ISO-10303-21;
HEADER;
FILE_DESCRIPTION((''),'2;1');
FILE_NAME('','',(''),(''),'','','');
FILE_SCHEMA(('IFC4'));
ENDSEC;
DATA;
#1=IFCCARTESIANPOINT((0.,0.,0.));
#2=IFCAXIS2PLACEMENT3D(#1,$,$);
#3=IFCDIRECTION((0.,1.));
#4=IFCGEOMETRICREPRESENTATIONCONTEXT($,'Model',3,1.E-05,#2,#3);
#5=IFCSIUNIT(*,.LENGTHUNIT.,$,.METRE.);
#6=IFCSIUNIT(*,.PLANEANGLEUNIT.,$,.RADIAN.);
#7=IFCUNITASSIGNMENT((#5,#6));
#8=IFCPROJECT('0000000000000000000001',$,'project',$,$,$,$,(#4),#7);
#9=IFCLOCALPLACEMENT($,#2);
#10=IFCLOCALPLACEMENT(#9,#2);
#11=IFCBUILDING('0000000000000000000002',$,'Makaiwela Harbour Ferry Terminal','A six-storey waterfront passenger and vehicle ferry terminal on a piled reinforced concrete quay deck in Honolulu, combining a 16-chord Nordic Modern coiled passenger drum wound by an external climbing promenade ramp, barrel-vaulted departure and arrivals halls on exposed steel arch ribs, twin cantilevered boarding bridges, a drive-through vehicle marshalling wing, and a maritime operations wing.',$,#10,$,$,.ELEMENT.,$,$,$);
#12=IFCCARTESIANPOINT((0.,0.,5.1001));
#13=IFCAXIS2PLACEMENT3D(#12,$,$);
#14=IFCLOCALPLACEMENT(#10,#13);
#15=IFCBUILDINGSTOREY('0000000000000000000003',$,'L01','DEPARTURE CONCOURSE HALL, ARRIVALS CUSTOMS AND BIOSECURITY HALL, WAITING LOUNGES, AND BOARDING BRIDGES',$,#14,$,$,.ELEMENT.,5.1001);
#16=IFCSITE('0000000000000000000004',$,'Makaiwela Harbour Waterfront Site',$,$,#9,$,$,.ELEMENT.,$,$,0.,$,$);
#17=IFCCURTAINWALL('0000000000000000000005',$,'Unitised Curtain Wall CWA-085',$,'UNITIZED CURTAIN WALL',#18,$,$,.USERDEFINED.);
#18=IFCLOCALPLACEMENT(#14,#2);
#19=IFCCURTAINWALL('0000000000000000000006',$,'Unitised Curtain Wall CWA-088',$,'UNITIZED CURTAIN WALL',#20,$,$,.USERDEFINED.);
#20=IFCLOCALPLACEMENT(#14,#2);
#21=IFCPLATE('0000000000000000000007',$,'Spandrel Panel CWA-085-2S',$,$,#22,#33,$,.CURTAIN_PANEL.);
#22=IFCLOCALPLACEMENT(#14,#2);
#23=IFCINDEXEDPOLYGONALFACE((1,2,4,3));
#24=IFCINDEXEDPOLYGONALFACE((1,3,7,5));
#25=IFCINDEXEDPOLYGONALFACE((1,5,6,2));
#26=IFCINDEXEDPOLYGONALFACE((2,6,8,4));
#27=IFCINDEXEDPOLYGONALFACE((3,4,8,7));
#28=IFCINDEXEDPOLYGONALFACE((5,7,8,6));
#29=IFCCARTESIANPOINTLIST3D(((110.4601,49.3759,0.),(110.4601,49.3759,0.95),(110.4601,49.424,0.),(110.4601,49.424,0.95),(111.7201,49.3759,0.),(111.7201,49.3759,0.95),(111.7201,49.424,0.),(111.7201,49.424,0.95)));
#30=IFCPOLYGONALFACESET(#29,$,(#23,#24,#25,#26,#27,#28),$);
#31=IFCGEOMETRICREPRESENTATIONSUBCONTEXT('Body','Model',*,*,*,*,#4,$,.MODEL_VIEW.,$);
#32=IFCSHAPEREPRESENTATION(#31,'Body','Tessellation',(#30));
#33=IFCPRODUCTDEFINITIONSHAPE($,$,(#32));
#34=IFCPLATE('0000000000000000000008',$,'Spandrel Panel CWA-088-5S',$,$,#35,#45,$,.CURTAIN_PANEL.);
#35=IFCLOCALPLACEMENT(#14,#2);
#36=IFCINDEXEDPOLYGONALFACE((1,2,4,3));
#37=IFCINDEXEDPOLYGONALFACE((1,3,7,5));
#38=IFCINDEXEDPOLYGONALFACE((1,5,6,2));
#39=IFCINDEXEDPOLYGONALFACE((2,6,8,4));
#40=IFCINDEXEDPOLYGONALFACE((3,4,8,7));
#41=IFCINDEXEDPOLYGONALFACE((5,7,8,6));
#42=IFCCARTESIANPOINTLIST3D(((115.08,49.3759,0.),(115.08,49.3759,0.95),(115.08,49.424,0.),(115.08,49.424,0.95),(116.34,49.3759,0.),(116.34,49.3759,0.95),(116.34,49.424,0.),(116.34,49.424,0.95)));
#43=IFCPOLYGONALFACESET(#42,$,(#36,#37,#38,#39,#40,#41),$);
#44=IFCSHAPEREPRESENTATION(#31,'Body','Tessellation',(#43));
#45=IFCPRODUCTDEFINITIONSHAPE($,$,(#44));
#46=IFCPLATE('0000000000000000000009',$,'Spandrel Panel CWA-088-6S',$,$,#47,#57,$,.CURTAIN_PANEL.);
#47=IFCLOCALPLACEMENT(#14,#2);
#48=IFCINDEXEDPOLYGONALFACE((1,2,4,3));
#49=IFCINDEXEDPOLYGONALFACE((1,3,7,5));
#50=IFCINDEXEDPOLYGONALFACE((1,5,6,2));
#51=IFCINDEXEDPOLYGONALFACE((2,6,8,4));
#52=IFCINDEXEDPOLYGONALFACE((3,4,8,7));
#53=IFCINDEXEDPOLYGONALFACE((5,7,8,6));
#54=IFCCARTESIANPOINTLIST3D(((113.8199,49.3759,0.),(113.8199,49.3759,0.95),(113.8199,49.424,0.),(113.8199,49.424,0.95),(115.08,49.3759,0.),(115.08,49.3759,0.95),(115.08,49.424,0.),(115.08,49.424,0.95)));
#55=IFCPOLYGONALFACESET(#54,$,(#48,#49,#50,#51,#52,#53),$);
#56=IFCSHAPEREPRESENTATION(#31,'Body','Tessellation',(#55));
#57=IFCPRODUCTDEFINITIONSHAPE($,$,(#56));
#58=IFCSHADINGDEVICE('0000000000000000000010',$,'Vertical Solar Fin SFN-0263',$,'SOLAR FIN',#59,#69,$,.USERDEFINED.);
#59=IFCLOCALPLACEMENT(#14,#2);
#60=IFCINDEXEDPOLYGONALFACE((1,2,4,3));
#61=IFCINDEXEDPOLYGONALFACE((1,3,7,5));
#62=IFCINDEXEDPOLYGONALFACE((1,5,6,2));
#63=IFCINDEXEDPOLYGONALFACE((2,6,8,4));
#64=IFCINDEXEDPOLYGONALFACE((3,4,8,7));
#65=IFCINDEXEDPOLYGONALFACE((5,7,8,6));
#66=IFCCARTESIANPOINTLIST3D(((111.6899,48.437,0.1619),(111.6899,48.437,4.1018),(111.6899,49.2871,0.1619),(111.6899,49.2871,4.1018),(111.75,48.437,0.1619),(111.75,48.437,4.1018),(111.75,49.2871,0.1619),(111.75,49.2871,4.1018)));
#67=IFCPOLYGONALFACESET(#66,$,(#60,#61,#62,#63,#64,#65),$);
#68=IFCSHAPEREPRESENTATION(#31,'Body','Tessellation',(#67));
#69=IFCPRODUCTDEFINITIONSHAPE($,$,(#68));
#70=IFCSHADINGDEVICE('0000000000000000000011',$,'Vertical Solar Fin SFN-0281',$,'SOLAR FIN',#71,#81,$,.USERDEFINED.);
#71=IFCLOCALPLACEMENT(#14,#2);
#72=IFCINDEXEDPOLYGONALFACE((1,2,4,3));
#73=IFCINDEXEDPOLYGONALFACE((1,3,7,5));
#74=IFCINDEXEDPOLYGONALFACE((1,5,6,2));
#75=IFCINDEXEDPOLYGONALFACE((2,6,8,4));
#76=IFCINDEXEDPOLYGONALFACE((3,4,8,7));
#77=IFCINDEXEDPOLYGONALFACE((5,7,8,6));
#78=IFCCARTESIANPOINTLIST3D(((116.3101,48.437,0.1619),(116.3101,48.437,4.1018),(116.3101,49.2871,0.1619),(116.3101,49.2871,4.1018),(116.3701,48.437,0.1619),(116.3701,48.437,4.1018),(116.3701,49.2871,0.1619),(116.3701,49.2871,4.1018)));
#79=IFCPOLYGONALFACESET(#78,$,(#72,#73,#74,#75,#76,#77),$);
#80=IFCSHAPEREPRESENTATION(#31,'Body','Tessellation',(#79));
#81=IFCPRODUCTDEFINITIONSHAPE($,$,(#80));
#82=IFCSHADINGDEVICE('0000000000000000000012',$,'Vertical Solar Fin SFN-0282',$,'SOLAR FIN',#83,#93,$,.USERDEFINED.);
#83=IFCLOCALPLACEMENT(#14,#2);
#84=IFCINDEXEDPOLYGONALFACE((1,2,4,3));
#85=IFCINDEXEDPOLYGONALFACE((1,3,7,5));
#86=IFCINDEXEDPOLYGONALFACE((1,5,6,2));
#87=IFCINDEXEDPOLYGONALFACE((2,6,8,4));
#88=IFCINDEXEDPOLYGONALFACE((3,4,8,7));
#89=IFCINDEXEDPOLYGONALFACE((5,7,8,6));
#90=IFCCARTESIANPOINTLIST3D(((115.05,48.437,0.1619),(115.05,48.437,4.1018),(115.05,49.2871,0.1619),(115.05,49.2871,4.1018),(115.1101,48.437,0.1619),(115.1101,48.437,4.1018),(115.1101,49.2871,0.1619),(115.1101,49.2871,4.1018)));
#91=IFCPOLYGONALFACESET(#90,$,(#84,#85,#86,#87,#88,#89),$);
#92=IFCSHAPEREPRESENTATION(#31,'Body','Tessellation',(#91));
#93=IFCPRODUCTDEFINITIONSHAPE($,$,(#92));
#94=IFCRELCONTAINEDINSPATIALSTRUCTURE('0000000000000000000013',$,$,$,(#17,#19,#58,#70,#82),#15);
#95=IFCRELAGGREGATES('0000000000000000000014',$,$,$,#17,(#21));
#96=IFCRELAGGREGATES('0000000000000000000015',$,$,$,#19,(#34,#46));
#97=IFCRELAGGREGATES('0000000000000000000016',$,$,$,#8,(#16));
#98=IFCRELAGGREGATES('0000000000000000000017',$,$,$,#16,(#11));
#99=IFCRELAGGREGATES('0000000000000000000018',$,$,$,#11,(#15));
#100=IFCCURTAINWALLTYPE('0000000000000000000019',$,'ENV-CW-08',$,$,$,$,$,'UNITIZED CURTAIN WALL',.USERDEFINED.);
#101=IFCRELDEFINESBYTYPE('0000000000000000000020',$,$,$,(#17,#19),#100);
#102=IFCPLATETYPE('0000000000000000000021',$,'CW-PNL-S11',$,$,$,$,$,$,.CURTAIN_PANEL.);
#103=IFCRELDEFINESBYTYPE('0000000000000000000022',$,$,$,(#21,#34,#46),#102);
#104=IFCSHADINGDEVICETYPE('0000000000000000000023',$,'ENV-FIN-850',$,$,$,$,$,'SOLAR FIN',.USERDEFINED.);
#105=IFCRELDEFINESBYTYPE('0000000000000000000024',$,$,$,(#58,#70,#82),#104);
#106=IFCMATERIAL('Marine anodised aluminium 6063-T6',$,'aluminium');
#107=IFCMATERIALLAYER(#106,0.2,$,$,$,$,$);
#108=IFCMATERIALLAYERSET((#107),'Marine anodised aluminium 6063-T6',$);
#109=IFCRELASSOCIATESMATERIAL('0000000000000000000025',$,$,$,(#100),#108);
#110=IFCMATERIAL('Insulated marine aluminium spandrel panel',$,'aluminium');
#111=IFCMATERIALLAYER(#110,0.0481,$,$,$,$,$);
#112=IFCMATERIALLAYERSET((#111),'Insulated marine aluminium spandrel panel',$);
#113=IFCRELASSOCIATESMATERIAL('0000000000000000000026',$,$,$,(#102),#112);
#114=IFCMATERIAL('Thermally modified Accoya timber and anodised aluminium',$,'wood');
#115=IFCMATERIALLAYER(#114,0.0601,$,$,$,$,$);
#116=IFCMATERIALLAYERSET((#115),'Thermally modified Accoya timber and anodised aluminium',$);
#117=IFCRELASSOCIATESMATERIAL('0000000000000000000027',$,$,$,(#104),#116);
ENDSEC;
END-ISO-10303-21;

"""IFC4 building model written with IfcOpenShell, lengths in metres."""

from ifc_helpers import new_model, si_unit, direction, frame, origin, origin_2d, place, context, subcontext, project, spatial, rectangle, extrude, material, layer, layer_set, type_object, element, aggregate, save


model = new_model("IFC4")

# Units and contexts
model_context = context("Model", 3, precision=1e-05, world=origin(), true_north=direction((0.0, 1.0)))
body_context = subcontext(model_context, "Body", "Model", "MODEL_VIEW")
ifc_project = project(units=[si_unit("LENGTHUNIT", "METRE"), si_unit("PLANEANGLEUNIT", "RADIAN")], contexts=[model_context])

# Site, building, storey
site_placement = place(None, origin())
site = spatial("IfcSite", under=ifc_project, at=site_placement, Name="Makaiwela Harbour Waterfront Site", CompositionType="ELEMENT", RefElevation=0.0)
building_placement = place(site_placement, origin())
building = spatial("IfcBuilding", under=site, at=building_placement, Name="Makaiwela Harbour Ferry Terminal", Description="A six-storey waterfront passenger and vehicle ferry terminal on a piled reinforced concrete quay deck in Honolulu, combining a 16-chord Nordic Modern coiled passenger drum wound by an external climbing promenade ramp, barrel-vaulted departure and arrivals halls on exposed steel arch ribs, twin cantilevered boarding bridges, a drive-through vehicle marshalling wing, and a maritime operations wing.", CompositionType="ELEMENT")
storey_placement = place(building_placement, frame((0.0, 0.0, 5.1001)))
storey = spatial("IfcBuildingStorey", under=building, at=storey_placement, Name="L01", Description="DEPARTURE CONCOURSE HALL, ARRIVALS CUSTOMS AND BIOSECURITY HALL, WAITING LOUNGES, AND BOARDING BRIDGES", CompositionType="ELEMENT", Elevation=5.1001)

# Curtain walls
ifc_material_1 = material(Name="Marine anodised aluminium 6063-T6", Category="aluminium")
ifc_layer_1 = layer(ifc_material_1, 0.2)
ifc_layer_set_1 = layer_set([ifc_layer_1], Name="Marine anodised aluminium 6063-T6")
curtain_wall_type = type_object("IfcCurtainWallType", Name="ENV-CW-08", ElementType="UNITIZED CURTAIN WALL", PredefinedType="USERDEFINED", material=ifc_layer_set_1)
curtain_wall_1_placement = place(storey_placement, origin())
curtain_wall_1 = element("IfcCurtainWall", 1, at=curtain_wall_1_placement, inside=storey, type_object=curtain_wall_type, Name="Unitised Curtain Wall CWA-085", ObjectType="UNITIZED CURTAIN WALL", PredefinedType="USERDEFINED")
curtain_wall_2_placement = place(storey_placement, origin())
curtain_wall_2 = element("IfcCurtainWall", 2, at=curtain_wall_2_placement, inside=storey, type_object=curtain_wall_type, Name="Unitised Curtain Wall CWA-088", ObjectType="UNITIZED CURTAIN WALL", PredefinedType="USERDEFINED")

# Plates
ifc_material_2 = material(Name="Insulated marine aluminium spandrel panel", Category="aluminium")
ifc_layer_2 = layer(ifc_material_2, 0.0481)
ifc_layer_set_2 = layer_set([ifc_layer_2], Name="Insulated marine aluminium spandrel panel")
plate_type_1 = type_object("IfcPlateType", Name="CW-PNL-S11", PredefinedType="CURTAIN_PANEL", material=ifc_layer_set_2)
plate_1_placement = place(storey_placement, frame((111.0901, 49.3999, 0.0), z_axis=(0.0, 0.0, 1.0), x_axis=(-1.0, 0.0, 0.0)))
plate_1 = element("IfcPlate", 3, at=plate_1_placement, type_object=plate_type_1, Name="Spandrel Panel CWA-085-2S", PredefinedType="CURTAIN_PANEL", context=body_context, shape_type="SweptSolid", body=[
    extrude(rectangle(XDim=1.26, YDim=0.0481, at=origin_2d()), origin(), (0.0, 0.0, 1.0), 0.95),
])
aggregate(curtain_wall_1, [plate_1])
plate_2_placement = place(storey_placement, frame((115.71, 49.3999, 0.0), z_axis=(0.0, 0.0, 1.0), x_axis=(-1.0, 0.0, 0.0)))
plate_2 = element("IfcPlate", 4, at=plate_2_placement, type_object=plate_type_1, Name="Spandrel Panel CWA-088-5S", PredefinedType="CURTAIN_PANEL", context=body_context, shape_type="SweptSolid", body=[
    extrude(rectangle(XDim=1.26, YDim=0.0481, at=origin_2d()), origin(), (0.0, 0.0, 1.0), 0.95),
])
plate_3_placement = place(storey_placement, frame((114.45, 49.3999, 0.0), z_axis=(0.0, 0.0, 1.0), x_axis=(-1.0, 0.0, 0.0)))
plate_3 = element("IfcPlate", 5, at=plate_3_placement, type_object=plate_type_1, Name="Spandrel Panel CWA-088-6S", PredefinedType="CURTAIN_PANEL", context=body_context, shape_type="SweptSolid", body=[
    extrude(rectangle(XDim=1.26, YDim=0.0481, at=origin_2d()), origin(), (0.0, 0.0, 1.0), 0.95),
])
aggregate(curtain_wall_2, [plate_2, plate_3])

# Shading devices
ifc_material_3 = material(Name="Thermally modified Accoya timber and anodised aluminium", Category="wood")
ifc_layer_3 = layer(ifc_material_3, 0.0601)
ifc_layer_set_3 = layer_set([ifc_layer_3], Name="Thermally modified Accoya timber and anodised aluminium")
shading_device_type = type_object("IfcShadingDeviceType", Name="ENV-FIN-850", ElementType="SOLAR FIN", PredefinedType="USERDEFINED", material=ifc_layer_set_3)
for number, where, z_axis, x_axis, name in (
    (6, (111.72, 48.8621, 0.1619), (0.0, 0.0, 1.0), (0.0, -1.0, 0.0), "Vertical Solar Fin SFN-0263"),
    (7, (116.3401, 48.8621, 0.1619), (0.0, 0.0, 1.0), (0.0, -1.0, 0.0), "Vertical Solar Fin SFN-0281"),
    (8, (115.0801, 48.8621, 0.1619), (0.0, 0.0, 1.0), (0.0, -1.0, 0.0), "Vertical Solar Fin SFN-0282"),
):
    element("IfcShadingDevice", number, at=place(storey_placement, frame(where, z_axis=z_axis, x_axis=x_axis)), inside=storey, type_object=shading_device_type, Name=name, ObjectType="SOLAR FIN", PredefinedType="USERDEFINED", context=body_context, shape_type="SweptSolid", body=[
        extrude(rectangle(XDim=0.8501, YDim=0.0601, at=origin_2d()), origin(), (0.0, 0.0, 1.0), 3.9399),
    ])

save(model, "model.ifc")
